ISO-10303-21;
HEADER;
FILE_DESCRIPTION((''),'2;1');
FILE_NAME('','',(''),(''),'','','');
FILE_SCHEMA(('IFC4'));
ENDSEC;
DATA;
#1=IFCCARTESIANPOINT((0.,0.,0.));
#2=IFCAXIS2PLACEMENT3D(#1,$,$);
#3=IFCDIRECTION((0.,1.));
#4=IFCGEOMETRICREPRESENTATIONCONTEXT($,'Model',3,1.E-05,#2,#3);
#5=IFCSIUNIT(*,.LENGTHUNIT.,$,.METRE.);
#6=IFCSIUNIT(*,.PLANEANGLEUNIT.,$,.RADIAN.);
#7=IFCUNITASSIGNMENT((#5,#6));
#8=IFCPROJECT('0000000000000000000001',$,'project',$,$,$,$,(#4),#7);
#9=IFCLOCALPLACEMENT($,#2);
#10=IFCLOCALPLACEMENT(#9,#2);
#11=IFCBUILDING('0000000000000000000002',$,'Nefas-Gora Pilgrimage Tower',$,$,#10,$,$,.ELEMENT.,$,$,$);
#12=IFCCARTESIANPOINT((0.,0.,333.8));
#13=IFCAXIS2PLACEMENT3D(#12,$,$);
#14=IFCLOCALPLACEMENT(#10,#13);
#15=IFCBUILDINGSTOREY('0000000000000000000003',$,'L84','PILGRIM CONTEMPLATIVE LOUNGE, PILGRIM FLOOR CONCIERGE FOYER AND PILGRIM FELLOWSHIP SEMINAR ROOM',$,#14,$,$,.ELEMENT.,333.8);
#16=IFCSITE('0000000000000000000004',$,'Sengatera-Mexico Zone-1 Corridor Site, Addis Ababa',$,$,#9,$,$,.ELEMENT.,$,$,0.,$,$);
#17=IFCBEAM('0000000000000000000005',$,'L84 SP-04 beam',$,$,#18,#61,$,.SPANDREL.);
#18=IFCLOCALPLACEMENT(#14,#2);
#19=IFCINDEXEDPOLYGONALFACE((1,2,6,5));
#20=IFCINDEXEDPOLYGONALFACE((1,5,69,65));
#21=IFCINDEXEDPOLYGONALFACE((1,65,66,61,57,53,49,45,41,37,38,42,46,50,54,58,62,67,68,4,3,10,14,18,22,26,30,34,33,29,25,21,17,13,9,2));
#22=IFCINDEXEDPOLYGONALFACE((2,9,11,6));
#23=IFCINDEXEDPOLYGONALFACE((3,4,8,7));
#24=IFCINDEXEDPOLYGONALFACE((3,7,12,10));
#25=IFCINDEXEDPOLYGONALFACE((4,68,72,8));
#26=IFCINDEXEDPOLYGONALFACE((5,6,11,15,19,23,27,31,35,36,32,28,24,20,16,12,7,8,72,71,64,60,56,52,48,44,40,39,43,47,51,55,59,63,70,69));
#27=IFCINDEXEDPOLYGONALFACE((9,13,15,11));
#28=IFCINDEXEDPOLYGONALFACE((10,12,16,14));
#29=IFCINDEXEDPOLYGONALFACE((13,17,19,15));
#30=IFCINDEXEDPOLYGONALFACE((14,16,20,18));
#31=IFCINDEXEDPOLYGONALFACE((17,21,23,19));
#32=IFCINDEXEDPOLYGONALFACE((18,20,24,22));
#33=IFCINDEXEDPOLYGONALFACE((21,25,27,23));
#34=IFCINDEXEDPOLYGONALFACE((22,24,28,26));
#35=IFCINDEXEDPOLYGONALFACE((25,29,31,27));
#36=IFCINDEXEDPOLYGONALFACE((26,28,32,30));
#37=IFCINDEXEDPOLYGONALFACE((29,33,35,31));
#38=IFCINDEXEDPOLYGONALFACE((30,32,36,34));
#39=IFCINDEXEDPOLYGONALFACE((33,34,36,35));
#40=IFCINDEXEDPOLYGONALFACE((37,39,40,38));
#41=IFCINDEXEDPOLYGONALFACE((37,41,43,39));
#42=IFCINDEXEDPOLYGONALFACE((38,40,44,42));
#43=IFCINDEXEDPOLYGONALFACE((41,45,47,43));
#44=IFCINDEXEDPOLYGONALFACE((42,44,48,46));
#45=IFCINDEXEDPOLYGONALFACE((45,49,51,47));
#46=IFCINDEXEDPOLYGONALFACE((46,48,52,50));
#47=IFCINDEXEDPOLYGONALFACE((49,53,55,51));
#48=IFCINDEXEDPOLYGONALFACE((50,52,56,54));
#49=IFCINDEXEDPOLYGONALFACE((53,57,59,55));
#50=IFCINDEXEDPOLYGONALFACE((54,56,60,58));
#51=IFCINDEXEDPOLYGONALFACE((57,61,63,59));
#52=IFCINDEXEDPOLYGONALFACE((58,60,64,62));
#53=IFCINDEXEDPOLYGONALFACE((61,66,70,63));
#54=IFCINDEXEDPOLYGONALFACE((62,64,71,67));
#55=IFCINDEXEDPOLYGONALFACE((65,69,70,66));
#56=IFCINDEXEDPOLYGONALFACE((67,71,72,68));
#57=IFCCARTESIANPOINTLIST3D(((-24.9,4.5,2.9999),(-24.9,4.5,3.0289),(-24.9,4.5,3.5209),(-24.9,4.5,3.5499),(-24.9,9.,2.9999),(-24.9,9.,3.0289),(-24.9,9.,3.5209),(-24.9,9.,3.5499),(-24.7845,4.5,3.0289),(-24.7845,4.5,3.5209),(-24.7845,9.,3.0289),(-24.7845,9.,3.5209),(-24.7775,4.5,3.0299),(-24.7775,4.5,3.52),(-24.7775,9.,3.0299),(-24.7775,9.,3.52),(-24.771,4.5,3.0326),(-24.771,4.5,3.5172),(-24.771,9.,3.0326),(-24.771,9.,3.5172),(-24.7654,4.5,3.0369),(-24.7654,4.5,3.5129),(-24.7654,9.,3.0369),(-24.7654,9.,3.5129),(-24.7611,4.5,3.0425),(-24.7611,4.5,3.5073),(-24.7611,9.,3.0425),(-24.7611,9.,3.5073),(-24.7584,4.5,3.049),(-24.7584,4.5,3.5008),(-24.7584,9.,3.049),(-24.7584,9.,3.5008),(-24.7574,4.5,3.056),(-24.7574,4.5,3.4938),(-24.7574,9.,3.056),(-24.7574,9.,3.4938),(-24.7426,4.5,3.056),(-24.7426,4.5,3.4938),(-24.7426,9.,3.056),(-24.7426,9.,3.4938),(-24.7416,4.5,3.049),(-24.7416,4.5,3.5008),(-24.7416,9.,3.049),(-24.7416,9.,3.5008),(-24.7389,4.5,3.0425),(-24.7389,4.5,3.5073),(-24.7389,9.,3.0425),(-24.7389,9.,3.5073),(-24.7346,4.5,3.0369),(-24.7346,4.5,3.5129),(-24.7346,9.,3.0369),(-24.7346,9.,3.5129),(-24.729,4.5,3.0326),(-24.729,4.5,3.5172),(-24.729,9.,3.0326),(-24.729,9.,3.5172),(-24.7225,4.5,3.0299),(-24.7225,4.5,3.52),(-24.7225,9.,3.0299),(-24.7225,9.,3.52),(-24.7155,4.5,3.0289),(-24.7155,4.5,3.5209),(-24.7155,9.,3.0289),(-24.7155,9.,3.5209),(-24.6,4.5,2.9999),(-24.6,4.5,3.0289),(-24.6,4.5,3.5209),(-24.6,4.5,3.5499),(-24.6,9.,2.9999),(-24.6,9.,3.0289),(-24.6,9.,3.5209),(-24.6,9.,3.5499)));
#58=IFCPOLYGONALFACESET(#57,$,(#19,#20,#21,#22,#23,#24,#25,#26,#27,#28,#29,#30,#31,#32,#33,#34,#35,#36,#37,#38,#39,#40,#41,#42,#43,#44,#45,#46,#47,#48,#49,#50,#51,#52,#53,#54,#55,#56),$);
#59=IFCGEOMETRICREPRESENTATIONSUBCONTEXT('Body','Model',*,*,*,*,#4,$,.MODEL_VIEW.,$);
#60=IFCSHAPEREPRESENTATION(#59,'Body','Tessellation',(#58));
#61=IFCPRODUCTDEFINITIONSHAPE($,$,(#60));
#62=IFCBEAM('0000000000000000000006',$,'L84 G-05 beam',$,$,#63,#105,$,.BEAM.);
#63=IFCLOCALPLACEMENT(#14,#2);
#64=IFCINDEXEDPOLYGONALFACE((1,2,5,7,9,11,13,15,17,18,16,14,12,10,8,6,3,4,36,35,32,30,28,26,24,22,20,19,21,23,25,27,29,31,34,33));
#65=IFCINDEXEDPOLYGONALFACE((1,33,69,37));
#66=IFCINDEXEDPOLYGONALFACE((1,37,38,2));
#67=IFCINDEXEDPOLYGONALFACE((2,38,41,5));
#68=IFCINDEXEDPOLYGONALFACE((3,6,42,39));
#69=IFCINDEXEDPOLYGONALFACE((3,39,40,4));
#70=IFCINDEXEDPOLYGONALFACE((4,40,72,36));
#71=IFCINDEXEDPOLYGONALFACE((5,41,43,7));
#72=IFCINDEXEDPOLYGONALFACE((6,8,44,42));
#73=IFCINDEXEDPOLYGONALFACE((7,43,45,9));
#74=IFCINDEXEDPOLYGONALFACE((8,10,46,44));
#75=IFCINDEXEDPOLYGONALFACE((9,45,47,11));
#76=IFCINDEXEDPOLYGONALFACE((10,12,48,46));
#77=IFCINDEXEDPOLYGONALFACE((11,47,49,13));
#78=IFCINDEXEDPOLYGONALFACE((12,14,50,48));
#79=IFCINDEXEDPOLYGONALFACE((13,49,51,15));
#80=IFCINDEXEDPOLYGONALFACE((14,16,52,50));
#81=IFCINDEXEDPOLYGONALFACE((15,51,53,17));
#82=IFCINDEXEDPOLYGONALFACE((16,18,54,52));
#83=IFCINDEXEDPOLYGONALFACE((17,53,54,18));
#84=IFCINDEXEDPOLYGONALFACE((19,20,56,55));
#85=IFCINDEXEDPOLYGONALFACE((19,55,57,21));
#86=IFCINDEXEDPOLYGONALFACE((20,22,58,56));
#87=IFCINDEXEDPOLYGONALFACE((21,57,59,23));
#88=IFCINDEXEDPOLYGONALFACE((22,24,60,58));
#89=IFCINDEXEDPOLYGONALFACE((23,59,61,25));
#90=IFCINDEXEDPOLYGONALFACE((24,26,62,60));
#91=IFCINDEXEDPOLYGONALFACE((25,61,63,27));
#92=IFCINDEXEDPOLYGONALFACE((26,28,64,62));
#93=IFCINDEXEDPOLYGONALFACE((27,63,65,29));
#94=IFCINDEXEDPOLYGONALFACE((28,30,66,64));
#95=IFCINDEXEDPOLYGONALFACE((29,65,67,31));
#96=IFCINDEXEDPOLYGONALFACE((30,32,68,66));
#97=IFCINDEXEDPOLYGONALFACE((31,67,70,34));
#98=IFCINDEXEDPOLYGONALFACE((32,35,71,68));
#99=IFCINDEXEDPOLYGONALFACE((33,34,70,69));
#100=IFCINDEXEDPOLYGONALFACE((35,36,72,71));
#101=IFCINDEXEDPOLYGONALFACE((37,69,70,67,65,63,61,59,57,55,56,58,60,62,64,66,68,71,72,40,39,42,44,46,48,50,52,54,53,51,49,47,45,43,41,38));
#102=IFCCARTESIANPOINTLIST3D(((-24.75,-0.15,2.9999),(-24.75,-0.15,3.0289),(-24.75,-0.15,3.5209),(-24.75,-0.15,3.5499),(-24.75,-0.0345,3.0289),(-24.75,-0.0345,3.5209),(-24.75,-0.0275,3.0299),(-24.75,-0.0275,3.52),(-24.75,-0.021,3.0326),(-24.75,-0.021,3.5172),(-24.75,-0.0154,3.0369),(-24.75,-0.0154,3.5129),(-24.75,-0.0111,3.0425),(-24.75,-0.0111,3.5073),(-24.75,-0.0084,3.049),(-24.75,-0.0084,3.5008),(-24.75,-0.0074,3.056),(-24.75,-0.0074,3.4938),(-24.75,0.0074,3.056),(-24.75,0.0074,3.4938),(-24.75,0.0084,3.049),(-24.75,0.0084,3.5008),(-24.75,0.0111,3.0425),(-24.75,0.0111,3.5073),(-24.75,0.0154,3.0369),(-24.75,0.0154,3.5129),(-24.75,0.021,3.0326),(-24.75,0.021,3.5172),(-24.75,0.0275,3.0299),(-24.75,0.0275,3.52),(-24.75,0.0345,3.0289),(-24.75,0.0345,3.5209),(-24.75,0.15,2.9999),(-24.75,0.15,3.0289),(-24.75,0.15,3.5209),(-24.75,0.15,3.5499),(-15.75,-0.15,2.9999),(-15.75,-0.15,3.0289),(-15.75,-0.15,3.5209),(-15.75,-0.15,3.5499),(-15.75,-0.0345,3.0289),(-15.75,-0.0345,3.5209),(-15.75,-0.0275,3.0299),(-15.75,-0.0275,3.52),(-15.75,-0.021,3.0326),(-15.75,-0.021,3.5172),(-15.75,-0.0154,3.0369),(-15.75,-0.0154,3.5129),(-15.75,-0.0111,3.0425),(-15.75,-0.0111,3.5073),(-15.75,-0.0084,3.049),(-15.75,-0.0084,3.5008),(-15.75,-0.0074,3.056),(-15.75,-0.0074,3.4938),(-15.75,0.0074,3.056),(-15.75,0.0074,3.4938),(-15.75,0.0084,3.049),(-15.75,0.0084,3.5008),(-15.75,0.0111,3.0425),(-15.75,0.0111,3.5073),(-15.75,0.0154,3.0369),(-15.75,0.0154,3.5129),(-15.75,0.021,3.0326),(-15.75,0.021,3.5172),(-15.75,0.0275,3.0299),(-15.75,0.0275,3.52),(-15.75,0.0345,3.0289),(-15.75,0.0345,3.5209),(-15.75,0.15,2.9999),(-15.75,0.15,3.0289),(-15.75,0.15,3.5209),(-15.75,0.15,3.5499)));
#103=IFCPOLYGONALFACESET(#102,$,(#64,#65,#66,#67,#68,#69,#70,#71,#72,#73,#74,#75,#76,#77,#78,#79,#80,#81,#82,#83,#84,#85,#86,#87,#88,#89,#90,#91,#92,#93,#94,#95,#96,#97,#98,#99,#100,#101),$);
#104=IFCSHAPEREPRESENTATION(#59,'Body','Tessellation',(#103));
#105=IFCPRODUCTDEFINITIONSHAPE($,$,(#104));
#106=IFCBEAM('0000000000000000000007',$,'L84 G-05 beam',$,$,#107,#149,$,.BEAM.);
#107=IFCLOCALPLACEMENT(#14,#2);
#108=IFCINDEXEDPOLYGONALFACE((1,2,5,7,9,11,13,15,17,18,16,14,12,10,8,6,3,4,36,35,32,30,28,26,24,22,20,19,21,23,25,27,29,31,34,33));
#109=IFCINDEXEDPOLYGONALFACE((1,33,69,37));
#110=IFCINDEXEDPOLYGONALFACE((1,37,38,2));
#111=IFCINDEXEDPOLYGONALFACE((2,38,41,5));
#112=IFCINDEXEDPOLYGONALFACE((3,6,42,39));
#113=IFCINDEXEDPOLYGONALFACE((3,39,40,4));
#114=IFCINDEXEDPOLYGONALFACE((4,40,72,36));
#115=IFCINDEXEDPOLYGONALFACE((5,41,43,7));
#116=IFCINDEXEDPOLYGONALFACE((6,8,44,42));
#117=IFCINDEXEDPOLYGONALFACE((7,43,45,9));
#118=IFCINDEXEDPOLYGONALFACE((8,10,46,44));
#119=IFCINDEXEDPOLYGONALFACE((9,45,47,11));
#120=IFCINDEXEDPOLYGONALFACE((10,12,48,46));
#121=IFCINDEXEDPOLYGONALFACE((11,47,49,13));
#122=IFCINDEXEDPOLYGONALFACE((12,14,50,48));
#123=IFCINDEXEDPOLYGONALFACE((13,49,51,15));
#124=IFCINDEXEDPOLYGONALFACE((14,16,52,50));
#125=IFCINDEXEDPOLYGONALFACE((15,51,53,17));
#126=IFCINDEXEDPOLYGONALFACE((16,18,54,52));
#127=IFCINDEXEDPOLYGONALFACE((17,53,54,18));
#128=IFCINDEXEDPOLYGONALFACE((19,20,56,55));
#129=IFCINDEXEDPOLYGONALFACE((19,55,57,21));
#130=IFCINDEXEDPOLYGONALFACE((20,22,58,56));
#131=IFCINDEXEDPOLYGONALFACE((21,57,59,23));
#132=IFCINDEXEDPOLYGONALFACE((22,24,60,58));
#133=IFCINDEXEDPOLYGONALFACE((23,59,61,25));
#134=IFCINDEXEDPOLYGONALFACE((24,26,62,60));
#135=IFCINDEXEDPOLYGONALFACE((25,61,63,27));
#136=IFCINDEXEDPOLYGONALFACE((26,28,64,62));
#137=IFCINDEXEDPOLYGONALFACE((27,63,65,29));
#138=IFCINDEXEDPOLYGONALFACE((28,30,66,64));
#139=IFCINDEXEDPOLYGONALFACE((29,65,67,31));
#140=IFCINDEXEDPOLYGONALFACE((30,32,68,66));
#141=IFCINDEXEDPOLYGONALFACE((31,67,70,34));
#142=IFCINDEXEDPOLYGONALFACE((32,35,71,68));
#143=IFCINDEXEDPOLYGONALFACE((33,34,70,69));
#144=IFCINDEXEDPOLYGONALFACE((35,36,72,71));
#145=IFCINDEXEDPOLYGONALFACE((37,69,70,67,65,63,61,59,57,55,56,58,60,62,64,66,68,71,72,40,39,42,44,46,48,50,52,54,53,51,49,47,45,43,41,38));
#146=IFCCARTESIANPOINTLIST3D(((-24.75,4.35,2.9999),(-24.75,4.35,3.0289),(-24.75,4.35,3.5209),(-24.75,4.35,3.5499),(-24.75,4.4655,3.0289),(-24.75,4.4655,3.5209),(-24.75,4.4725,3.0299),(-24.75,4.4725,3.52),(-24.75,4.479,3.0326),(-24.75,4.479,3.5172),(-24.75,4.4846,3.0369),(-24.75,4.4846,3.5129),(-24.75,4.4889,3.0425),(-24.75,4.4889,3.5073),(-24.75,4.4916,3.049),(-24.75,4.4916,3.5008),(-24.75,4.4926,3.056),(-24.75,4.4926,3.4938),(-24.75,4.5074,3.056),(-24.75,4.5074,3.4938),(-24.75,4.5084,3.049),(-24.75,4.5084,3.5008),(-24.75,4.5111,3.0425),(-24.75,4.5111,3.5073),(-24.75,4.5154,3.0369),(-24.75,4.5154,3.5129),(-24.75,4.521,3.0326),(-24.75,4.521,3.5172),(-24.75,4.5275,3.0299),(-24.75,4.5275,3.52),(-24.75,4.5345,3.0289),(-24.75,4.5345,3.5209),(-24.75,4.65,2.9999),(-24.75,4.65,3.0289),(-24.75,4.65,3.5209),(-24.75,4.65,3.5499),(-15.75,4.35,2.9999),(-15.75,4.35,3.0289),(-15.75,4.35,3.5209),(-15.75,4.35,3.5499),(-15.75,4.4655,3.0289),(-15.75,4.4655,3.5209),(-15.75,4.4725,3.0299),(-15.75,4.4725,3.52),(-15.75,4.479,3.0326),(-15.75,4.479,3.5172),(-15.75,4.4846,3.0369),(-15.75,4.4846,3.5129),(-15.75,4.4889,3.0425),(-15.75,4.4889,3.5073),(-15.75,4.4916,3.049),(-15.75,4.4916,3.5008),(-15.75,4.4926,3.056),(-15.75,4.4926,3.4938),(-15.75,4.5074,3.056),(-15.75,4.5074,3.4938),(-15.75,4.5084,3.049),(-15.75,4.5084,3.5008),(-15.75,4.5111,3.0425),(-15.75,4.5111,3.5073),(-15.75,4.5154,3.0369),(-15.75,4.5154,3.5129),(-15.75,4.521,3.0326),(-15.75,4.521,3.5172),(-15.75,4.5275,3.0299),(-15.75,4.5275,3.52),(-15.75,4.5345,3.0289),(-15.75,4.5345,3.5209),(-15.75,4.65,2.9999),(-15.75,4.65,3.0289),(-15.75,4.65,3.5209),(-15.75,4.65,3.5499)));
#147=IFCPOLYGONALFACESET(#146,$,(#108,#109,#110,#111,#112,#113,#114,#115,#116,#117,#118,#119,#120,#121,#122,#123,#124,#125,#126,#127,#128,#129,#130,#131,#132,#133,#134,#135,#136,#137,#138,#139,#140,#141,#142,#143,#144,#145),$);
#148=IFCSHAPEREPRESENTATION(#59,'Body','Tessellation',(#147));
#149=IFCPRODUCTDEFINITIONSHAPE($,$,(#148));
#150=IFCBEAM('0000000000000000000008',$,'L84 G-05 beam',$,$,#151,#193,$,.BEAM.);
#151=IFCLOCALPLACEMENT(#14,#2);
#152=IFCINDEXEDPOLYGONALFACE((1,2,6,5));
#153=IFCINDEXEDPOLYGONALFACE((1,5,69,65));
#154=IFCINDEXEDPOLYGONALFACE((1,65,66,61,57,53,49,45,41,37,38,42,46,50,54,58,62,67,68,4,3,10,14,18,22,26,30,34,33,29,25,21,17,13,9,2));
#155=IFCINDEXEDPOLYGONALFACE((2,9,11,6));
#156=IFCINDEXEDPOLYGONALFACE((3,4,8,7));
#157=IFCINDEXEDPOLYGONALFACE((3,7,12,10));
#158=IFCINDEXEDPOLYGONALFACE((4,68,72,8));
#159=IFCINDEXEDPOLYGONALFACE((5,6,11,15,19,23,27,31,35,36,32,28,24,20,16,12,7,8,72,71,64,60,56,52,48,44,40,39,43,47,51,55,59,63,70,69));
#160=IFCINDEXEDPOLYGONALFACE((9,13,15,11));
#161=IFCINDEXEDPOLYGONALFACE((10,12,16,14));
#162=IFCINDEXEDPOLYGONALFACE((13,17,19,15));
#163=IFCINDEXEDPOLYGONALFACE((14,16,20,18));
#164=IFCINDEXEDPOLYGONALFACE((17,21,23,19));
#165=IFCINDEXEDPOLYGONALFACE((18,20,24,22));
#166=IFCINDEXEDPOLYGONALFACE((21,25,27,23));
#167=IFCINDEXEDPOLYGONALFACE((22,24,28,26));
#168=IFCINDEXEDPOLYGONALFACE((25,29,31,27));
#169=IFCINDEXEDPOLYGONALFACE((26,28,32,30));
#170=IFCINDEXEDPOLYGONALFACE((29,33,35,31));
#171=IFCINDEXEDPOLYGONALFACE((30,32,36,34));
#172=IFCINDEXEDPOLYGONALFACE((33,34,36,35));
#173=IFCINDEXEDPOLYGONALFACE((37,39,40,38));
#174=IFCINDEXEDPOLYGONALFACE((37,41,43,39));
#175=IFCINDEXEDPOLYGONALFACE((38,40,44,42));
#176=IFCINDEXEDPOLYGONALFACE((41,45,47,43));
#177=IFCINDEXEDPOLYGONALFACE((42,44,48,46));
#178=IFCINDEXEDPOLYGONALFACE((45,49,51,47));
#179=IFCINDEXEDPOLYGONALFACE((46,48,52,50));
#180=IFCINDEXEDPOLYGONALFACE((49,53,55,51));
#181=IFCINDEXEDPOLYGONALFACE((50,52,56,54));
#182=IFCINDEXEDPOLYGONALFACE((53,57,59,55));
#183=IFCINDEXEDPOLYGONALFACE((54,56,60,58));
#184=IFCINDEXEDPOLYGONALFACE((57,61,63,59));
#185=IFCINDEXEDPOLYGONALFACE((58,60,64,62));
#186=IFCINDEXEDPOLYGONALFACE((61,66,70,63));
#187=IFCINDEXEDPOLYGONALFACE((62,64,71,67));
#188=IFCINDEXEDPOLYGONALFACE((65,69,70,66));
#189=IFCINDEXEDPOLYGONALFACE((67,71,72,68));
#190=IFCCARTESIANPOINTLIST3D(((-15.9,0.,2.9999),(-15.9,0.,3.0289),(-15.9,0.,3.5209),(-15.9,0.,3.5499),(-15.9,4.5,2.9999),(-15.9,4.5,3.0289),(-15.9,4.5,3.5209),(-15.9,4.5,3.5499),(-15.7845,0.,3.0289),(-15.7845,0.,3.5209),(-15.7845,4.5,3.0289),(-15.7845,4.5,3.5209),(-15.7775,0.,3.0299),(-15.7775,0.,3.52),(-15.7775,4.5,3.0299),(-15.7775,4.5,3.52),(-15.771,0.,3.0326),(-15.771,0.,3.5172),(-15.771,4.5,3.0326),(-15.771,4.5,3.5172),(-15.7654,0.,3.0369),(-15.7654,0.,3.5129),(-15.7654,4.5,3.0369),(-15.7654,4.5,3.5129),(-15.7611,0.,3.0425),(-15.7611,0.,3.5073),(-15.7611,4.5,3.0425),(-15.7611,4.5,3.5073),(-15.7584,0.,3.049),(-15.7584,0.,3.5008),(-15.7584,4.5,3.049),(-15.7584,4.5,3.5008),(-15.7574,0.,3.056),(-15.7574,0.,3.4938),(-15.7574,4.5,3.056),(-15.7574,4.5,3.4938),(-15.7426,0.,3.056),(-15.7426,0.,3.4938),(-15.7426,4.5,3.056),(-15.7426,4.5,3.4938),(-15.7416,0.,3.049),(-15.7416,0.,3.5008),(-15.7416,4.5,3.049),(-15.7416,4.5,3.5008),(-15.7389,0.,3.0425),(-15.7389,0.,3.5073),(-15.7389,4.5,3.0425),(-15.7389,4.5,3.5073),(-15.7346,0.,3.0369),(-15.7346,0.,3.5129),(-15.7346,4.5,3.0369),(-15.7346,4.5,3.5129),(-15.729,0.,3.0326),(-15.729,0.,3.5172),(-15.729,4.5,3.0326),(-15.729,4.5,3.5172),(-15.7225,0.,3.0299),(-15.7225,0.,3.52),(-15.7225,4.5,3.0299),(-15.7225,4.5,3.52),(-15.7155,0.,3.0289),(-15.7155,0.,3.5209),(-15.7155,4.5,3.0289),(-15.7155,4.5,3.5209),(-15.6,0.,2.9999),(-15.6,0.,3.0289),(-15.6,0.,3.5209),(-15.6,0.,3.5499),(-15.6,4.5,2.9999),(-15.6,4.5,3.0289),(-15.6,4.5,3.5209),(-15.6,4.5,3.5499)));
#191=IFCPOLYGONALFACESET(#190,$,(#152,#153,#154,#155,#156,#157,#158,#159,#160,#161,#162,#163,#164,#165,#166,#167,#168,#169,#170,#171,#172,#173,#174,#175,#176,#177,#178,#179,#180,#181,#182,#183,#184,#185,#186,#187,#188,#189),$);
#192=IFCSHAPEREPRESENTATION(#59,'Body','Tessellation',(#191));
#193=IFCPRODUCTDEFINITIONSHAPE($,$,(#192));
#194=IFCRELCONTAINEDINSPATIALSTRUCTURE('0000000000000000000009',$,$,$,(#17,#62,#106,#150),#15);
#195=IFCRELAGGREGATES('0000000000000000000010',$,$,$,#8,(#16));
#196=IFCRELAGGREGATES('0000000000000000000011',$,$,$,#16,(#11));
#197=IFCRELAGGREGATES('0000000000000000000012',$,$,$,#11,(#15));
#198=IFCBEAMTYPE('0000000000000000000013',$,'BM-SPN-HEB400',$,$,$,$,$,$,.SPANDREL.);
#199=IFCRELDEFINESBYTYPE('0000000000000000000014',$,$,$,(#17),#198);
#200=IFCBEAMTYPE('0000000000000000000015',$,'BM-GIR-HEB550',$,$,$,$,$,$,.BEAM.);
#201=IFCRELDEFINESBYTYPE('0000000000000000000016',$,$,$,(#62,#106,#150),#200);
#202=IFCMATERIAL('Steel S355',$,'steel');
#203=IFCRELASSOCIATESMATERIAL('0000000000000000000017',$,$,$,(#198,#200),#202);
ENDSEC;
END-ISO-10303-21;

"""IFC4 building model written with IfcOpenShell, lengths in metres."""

from ifc_helpers import new_model, si_unit, direction, frame, origin, origin_2d, place, context, subcontext, project, spatial, i_section, extrude, source, transform, mapped, material, material_profile, profile_set, type_object, element, save


model = new_model("IFC4")

# Units and contexts
model_context = context("Model", 3, precision=1e-05, world=origin(), true_north=direction((0.0, 1.0)))
body_context = subcontext(model_context, "Body", "Model", "MODEL_VIEW")
ifc_project = project(units=[si_unit("LENGTHUNIT", "METRE"), si_unit("PLANEANGLEUNIT", "RADIAN")], contexts=[model_context])

# Site, building, storey
site_placement = place(None, origin())
site = spatial("IfcSite", under=ifc_project, at=site_placement, Name="Sengatera-Mexico Zone-1 Corridor Site, Addis Ababa", CompositionType="ELEMENT", RefElevation=0.0)
building_placement = place(site_placement, origin())
building = spatial("IfcBuilding", under=site, at=building_placement, Name="Nefas-Gora Pilgrimage Tower", CompositionType="ELEMENT")
storey_placement = place(building_placement, frame((0.0, 0.0, 333.8)))
storey = spatial("IfcBuildingStorey", under=building, at=storey_placement, Name="L84", Description="PILGRIM CONTEMPLATIVE LOUNGE, PILGRIM FLOOR CONCIERGE FOYER AND PILGRIM FELLOWSHIP SEMINAR ROOM", CompositionType="ELEMENT", Elevation=333.8)

# Shared definitions
ifc_material_1 = material(Name="Steel S355", Category="steel")

# Beams
ifc_material_profile_1 = material_profile(ifc_material_1, i_section(OverallWidth=0.3, OverallDepth=0.55, WebThickness=0.0149, FlangeThickness=0.0291, FilletRadius=0.0271, at=origin_2d()), Name="HEB 550")
ifc_profile_set_1 = profile_set([ifc_material_profile_1], Name="Steel S355")
beam_type_1 = type_object("IfcBeamType", Name="BM-SPN-HEB400", PredefinedType="SPANDREL", material=ifc_profile_set_1)
shared_shape_1 = source(origin(), body_context, "Body", "SweptSolid", [
    extrude(i_section(OverallWidth=0.3, OverallDepth=0.55, WebThickness=0.0149, FlangeThickness=0.0291, FilletRadius=0.0271, at=origin_2d()), origin(), (0.0, 0.0, 1.0), 4.5),
])
for number, where, z_axis, x_axis, name in (
    (1, (-24.75, 4.5, 3.2749), (0.0, 1.0, 0.0), (-1.0, 0.0, 0.0), "L84 SP-04 beam"),
):
    element("IfcBeam", number, at=place(storey_placement, frame(where, z_axis=z_axis, x_axis=x_axis)), inside=storey, type_object=beam_type_1, Name=name, PredefinedType="SPANDREL", context=body_context, shape_type="MappedRepresentation", body=[
        mapped(shared_shape_1, transform((0.0, 0.0, 0.0), x_axis=(1.0, 0.0, 0.0), y_axis=(0.0, 1.0, 0.0), z_axis=(0.0, 0.0, 1.0), scale=1.0)),
    ])
ifc_material_profile_2 = material_profile(ifc_material_1, i_section(OverallWidth=0.3, OverallDepth=0.55, WebThickness=0.0149, FlangeThickness=0.0291, FilletRadius=0.0271, at=origin_2d()), Name="HEB 550")
ifc_profile_set_2 = profile_set([ifc_material_profile_2], Name="Steel S355")
beam_type_2 = type_object("IfcBeamType", Name="BM-GIR-HEB550", PredefinedType="BEAM", material=ifc_profile_set_2)
shared_shape_2 = source(origin(), body_context, "Body", "SweptSolid", [
    extrude(i_section(OverallWidth=0.3, OverallDepth=0.55, WebThickness=0.0149, FlangeThickness=0.0291, FilletRadius=0.0271, at=origin_2d()), origin(), (0.0, 0.0, 1.0), 9.0),
])
for number, where, z_axis, x_axis, name in (
    (2, (-24.75, 0.0, 3.2749), (1.0, 0.0, 0.0), (0.0, 1.0, 0.0), "L84 G-05 beam"),
    (3, (-24.75, 4.5, 3.2749), (1.0, 0.0, 0.0), (0.0, 1.0, 0.0), "L84 G-05 beam"),
):
    element("IfcBeam", number, at=place(storey_placement, frame(where, z_axis=z_axis, x_axis=x_axis)), inside=storey, type_object=beam_type_2, Name=name, PredefinedType="BEAM", context=body_context, shape_type="MappedRepresentation", body=[
        mapped(shared_shape_2, transform((0.0, 0.0, 0.0), x_axis=(1.0, 0.0, 0.0), y_axis=(0.0, 1.0, 0.0), z_axis=(0.0, 0.0, 1.0), scale=1.0)),
    ])
shared_shape_3 = source(origin(), body_context, "Body", "SweptSolid", [
    extrude(i_section(OverallWidth=0.3, OverallDepth=0.55, WebThickness=0.0149, FlangeThickness=0.0291, FilletRadius=0.0271, at=origin_2d()), origin(), (0.0, 0.0, 1.0), 4.5),
])
for number, where, z_axis, x_axis, name in (
    (4, (-15.75, 0.0, 3.2749), (0.0, 1.0, 0.0), (-1.0, 0.0, 0.0), "L84 G-05 beam"),
):
    element("IfcBeam", number, at=place(storey_placement, frame(where, z_axis=z_axis, x_axis=x_axis)), inside=storey, type_object=beam_type_2, Name=name, PredefinedType="BEAM", context=body_context, shape_type="MappedRepresentation", body=[
        mapped(shared_shape_3, transform((0.0, 0.0, 0.0), x_axis=(1.0, 0.0, 0.0), y_axis=(0.0, 1.0, 0.0), z_axis=(0.0, 0.0, 1.0), scale=1.0)),
    ])

save(model, "model.ifc")
